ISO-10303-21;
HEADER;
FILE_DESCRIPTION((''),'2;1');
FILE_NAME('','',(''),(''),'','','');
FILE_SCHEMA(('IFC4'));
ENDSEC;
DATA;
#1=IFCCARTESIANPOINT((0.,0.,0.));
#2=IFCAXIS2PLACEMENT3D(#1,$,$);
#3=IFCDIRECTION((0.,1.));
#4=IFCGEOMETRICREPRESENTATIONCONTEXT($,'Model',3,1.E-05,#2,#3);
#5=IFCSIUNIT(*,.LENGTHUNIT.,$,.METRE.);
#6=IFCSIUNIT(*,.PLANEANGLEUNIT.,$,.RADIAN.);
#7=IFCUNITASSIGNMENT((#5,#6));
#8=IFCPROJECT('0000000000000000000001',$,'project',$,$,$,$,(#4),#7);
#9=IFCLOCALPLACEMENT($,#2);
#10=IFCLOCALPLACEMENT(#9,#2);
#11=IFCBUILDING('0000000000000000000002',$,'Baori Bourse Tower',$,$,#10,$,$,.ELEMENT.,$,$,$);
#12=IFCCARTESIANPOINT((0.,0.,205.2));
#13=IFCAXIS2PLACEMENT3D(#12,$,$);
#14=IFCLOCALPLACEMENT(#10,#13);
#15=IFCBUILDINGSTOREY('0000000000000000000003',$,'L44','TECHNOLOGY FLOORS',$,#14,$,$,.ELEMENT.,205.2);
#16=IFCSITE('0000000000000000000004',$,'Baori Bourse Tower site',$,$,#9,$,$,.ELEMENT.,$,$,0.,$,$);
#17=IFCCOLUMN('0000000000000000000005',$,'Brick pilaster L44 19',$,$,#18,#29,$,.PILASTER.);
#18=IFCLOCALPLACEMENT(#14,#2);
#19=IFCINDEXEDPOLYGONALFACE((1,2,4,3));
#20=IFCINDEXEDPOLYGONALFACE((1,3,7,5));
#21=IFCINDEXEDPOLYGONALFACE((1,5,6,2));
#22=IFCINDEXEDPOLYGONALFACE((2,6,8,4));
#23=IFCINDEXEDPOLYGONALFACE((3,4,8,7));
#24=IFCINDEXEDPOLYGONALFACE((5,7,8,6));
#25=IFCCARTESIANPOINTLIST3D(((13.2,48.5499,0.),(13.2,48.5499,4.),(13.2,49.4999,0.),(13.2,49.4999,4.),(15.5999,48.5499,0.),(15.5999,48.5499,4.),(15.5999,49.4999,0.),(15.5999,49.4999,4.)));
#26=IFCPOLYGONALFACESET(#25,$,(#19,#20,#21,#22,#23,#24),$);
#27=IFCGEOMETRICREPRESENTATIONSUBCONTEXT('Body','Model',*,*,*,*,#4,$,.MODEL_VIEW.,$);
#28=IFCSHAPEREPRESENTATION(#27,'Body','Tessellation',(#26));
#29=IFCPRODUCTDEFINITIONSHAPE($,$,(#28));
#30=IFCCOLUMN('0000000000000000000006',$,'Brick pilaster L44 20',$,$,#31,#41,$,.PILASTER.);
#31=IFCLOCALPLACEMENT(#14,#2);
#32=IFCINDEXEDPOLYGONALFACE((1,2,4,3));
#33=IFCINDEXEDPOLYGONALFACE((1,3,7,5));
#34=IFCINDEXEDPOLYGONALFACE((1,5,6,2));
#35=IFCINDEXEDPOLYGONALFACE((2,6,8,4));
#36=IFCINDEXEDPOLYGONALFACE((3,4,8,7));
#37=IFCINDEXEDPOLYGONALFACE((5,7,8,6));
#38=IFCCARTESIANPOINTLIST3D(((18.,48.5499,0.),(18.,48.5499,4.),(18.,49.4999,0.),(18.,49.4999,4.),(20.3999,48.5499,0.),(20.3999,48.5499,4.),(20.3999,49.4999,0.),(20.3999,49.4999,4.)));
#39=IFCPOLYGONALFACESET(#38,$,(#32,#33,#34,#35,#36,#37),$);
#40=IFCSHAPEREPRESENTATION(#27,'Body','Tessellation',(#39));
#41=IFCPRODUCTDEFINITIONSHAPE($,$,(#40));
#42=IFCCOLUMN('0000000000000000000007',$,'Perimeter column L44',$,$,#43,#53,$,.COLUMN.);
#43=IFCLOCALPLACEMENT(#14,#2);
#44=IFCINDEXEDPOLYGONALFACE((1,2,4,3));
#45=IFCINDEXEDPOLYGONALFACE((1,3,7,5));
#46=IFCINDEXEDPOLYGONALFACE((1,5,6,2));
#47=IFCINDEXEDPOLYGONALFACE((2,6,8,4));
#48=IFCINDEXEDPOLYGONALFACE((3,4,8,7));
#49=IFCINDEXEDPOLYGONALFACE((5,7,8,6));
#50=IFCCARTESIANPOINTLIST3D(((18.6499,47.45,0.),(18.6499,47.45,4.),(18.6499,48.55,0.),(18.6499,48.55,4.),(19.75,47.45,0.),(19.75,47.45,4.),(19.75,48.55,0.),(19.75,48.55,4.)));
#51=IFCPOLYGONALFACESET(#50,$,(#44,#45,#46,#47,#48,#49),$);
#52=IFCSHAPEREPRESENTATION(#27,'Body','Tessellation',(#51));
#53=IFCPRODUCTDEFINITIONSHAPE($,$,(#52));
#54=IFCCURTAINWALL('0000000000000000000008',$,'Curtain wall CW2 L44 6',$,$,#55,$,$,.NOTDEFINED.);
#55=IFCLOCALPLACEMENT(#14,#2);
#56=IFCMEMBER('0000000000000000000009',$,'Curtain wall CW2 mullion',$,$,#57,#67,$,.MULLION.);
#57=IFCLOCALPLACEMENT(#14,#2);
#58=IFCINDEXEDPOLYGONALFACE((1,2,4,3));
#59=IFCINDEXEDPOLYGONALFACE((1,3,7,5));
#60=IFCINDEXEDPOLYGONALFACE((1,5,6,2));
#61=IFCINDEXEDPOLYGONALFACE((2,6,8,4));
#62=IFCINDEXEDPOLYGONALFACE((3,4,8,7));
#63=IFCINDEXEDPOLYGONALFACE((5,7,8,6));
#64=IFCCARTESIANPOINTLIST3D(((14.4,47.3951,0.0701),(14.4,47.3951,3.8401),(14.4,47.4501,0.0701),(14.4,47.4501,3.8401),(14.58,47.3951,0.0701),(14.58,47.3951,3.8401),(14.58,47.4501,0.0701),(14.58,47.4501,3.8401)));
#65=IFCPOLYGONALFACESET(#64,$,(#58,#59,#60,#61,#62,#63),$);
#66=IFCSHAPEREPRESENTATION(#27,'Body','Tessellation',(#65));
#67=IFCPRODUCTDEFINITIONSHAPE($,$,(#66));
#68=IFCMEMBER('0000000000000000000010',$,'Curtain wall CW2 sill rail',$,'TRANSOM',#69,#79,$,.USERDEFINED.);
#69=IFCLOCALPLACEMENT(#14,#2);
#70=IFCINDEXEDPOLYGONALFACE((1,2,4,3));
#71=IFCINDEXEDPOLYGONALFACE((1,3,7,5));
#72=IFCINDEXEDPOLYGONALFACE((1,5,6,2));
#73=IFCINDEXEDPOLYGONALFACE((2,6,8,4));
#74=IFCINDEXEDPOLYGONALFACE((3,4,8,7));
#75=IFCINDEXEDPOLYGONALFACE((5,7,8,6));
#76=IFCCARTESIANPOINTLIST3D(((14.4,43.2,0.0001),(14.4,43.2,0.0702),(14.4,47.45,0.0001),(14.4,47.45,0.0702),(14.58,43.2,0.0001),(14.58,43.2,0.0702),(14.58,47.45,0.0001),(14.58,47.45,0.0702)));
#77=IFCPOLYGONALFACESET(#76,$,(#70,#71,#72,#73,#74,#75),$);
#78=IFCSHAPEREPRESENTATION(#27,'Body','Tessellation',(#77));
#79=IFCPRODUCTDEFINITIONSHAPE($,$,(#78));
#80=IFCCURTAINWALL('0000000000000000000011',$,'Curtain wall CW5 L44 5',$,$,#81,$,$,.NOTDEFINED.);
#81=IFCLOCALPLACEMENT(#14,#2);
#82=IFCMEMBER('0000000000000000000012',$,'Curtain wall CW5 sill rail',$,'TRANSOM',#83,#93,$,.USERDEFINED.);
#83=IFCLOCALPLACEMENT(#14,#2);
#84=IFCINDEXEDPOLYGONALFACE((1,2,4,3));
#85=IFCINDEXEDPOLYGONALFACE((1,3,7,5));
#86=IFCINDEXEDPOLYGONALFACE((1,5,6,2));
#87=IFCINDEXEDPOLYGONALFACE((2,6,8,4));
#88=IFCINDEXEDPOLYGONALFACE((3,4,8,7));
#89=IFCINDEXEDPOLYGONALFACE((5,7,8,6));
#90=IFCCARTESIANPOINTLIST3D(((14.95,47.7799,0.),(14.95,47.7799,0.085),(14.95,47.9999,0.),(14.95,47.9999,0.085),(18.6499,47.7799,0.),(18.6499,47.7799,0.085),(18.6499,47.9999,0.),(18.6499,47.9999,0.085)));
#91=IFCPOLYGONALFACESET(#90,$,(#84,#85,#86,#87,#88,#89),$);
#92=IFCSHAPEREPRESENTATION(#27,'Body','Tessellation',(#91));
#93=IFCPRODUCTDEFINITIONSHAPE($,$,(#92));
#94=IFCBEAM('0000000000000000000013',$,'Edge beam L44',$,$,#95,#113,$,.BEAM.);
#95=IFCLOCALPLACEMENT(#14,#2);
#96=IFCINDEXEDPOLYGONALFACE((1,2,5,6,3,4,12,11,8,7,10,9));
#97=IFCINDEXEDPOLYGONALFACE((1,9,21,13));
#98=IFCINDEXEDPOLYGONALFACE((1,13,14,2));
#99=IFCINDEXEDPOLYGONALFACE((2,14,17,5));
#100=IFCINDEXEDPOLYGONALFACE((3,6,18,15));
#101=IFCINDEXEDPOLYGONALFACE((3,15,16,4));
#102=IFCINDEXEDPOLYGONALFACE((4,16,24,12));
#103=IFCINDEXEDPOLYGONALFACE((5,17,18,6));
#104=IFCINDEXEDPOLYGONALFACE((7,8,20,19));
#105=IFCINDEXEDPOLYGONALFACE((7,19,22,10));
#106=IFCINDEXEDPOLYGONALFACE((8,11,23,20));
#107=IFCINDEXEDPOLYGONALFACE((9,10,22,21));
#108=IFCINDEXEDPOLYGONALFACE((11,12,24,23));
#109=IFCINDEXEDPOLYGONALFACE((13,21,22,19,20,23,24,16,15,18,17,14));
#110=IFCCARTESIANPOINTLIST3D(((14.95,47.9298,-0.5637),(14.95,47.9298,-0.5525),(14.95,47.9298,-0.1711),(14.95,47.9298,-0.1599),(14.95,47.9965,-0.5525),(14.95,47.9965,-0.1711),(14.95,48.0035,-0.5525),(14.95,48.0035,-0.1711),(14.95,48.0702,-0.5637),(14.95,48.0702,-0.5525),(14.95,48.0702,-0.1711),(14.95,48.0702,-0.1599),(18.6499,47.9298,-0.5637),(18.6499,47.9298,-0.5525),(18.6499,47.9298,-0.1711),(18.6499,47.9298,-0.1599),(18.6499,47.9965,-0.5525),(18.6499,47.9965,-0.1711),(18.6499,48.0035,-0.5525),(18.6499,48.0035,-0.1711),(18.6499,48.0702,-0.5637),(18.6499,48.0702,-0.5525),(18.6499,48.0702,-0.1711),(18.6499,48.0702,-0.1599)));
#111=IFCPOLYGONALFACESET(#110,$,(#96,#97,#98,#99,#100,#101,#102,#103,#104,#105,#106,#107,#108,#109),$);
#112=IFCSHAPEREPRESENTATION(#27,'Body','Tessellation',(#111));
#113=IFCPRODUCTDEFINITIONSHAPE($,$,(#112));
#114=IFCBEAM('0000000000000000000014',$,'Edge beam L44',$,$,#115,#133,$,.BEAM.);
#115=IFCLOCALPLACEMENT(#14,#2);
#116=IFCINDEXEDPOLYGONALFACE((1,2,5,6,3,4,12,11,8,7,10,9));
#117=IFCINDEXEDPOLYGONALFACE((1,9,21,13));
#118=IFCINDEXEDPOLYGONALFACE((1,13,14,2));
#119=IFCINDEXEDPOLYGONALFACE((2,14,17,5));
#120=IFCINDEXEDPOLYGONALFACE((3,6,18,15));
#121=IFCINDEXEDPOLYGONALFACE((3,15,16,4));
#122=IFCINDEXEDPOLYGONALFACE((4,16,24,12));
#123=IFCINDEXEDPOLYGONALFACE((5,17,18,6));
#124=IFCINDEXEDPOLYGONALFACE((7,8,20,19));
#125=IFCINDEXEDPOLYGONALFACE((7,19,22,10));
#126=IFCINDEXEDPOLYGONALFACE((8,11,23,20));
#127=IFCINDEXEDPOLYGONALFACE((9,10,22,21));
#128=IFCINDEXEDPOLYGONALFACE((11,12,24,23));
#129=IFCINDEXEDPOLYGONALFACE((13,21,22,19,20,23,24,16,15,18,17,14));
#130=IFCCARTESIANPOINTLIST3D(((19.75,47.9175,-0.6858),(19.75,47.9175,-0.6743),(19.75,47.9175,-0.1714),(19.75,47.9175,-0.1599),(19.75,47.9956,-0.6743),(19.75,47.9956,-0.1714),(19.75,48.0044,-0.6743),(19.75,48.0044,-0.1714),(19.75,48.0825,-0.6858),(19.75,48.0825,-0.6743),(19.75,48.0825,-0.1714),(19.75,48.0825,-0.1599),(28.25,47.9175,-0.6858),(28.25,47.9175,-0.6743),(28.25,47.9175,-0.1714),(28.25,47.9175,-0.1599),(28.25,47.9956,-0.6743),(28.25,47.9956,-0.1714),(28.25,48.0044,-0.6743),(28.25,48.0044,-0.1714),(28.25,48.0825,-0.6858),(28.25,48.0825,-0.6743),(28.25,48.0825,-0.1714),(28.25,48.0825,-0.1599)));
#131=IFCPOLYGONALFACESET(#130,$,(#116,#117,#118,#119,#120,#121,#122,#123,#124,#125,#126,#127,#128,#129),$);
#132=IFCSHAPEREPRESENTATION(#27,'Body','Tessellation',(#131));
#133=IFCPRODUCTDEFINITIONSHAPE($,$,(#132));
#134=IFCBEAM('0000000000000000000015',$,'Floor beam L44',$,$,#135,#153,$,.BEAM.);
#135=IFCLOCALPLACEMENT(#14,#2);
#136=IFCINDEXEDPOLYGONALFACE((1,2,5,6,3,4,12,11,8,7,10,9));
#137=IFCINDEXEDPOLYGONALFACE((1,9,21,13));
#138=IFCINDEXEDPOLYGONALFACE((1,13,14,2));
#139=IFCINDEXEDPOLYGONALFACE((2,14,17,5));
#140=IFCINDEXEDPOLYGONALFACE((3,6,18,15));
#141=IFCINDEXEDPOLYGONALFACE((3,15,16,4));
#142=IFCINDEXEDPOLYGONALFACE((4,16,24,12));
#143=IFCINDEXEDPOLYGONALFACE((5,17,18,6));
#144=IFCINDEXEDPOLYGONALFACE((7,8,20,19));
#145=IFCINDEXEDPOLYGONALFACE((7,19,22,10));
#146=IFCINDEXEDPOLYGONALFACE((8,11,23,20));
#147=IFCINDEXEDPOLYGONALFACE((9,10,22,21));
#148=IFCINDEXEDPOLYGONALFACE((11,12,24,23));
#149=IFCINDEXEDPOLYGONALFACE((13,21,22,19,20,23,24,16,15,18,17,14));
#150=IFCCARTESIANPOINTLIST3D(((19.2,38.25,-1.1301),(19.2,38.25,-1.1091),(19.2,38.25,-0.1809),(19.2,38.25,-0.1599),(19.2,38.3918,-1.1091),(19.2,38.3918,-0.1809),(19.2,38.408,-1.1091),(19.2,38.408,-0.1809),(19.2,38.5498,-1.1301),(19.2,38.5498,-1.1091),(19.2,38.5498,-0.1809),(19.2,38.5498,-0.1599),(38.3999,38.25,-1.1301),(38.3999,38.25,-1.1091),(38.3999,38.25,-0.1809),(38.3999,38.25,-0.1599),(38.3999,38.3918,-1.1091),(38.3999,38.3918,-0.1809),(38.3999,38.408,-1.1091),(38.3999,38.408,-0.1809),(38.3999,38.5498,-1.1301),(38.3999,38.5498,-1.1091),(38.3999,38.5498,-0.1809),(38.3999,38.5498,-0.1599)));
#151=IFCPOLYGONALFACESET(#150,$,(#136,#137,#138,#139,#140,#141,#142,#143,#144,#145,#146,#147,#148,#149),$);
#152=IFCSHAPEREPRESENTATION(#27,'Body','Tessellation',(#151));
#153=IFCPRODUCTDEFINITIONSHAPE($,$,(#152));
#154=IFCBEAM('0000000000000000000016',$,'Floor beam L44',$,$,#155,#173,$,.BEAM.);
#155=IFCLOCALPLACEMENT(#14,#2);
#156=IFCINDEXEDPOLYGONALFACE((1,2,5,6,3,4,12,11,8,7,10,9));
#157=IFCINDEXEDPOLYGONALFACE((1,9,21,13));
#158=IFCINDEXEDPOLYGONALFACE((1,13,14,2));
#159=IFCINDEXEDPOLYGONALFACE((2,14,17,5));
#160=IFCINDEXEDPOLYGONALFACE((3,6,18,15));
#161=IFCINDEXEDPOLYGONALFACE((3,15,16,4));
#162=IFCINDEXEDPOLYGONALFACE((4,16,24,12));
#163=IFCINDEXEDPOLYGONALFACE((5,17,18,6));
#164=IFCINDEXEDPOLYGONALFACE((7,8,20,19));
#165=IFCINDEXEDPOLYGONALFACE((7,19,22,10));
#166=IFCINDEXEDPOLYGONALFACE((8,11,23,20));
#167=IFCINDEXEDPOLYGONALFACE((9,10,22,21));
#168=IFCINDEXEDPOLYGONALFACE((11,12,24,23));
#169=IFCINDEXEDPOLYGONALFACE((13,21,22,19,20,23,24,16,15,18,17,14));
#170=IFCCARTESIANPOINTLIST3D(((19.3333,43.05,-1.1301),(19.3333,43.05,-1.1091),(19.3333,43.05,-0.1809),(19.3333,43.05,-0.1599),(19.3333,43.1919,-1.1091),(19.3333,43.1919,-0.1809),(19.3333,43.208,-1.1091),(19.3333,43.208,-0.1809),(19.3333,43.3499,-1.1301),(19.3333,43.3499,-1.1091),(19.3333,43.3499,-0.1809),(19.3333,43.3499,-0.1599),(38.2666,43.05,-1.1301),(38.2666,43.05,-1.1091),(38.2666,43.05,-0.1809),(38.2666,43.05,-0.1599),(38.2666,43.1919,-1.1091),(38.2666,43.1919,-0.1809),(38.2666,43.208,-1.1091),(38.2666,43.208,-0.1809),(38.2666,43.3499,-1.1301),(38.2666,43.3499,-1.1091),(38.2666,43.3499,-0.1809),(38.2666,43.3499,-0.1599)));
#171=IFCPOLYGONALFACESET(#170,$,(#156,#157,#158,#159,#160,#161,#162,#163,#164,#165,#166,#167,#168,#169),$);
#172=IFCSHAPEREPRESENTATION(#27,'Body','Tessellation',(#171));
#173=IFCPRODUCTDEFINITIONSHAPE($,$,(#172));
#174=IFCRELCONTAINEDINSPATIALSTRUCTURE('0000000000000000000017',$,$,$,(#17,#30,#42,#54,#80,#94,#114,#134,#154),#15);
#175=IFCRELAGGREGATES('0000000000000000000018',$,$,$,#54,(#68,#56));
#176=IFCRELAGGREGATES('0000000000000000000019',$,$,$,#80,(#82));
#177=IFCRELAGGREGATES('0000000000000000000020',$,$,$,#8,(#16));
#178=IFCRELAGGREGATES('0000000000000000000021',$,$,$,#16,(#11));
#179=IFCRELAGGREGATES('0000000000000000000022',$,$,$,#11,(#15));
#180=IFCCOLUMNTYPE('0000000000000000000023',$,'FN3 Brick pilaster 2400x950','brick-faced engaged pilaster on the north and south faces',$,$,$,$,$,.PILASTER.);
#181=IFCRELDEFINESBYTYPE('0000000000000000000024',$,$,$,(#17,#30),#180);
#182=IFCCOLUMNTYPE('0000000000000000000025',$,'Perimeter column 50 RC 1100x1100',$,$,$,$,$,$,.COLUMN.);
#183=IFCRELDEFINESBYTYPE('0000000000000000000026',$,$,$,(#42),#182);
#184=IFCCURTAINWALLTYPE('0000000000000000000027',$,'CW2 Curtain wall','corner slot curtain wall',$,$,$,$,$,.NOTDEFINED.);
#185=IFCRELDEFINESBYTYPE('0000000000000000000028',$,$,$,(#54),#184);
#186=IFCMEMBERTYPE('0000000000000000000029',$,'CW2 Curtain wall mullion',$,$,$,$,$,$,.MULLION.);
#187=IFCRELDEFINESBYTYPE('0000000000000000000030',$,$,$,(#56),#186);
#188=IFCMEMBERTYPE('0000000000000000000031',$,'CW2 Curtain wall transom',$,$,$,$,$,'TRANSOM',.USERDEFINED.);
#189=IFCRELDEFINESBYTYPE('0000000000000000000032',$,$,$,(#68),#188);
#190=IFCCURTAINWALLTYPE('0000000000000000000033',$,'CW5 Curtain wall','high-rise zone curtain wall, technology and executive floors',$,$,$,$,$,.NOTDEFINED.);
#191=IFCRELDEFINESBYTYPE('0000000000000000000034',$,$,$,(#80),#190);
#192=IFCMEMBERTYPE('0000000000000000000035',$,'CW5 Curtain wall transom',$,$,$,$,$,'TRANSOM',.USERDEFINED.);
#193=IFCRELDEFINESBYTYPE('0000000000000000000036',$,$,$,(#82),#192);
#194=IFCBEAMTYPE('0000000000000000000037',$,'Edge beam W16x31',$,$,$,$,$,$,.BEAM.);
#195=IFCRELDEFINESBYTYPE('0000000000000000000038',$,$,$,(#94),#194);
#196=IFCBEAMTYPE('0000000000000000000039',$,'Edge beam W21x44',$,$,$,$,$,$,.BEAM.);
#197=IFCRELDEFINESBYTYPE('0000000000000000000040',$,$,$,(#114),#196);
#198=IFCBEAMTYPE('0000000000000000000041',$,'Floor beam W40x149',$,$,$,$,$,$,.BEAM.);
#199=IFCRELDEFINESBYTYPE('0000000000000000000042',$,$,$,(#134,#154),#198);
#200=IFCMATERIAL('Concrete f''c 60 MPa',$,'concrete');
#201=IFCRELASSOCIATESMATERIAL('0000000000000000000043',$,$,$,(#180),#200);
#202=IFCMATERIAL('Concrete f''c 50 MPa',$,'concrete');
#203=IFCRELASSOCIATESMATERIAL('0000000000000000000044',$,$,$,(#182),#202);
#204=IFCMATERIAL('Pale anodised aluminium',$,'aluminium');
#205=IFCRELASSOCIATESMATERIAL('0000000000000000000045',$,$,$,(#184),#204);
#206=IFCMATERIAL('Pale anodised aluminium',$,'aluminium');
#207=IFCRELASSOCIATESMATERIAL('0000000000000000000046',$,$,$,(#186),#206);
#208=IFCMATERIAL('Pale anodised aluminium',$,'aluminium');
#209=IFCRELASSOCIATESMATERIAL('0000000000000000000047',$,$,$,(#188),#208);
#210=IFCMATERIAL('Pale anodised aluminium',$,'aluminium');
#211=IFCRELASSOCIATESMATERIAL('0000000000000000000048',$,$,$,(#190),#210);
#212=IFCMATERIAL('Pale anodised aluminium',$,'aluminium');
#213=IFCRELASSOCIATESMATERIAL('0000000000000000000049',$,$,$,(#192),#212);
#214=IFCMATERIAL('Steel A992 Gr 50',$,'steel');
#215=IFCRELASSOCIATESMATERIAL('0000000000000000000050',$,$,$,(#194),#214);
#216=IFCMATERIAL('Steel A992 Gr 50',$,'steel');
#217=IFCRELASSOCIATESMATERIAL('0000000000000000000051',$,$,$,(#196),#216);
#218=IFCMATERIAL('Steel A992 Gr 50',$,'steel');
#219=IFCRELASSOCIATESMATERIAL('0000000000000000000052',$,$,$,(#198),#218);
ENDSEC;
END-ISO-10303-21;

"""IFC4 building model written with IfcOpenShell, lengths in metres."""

from ifc_helpers import new_model, si_unit, direction, frame, origin, origin_2d, place, context, subcontext, project, spatial, rectangle, i_section, extrude, material, material_profile, profile_set, type_object, element, aggregate, save


model = new_model("IFC4")

# Units and contexts
model_context = context("Model", 3, precision=1e-05, world=origin(), true_north=direction((0.0, 1.0)))
body_context = subcontext(model_context, "Body", "Model", "MODEL_VIEW")
ifc_project = project(units=[si_unit("LENGTHUNIT", "METRE"), si_unit("PLANEANGLEUNIT", "RADIAN")], contexts=[model_context])

# Site, building, storey
site_placement = place(None, origin())
site = spatial("IfcSite", under=ifc_project, at=site_placement, Name="Baori Bourse Tower site", CompositionType="ELEMENT", RefElevation=0.0)
building_placement = place(site_placement, origin())
building = spatial("IfcBuilding", under=site, at=building_placement, Name="Baori Bourse Tower", CompositionType="ELEMENT")
storey_placement = place(building_placement, frame((0.0, 0.0, 205.2)))
storey = spatial("IfcBuildingStorey", under=building, at=storey_placement, Name="L44", Description="TECHNOLOGY FLOORS", CompositionType="ELEMENT", Elevation=205.2)

# Columns
ifc_material_1 = material(Name="Concrete f'c 60 MPa", Category="concrete")
ifc_material_profile_1 = material_profile(ifc_material_1, rectangle(XDim=2.3999, YDim=0.95, at=origin_2d()), Name="RC 2400x950")
ifc_profile_set_1 = profile_set([ifc_material_profile_1], Name="Concrete f'c 60 MPa")
column_type_1 = type_object("IfcColumnType", Name="FN3 Brick pilaster 2400x950", Description="brick-faced engaged pilaster on the north and south faces", PredefinedType="PILASTER", material=ifc_profile_set_1)
for number, where, z_axis, x_axis, name in (
    (1, (14.3999, 49.0249, 0.0), (0.0, 0.0, 1.0), (1.0, 0.0, 0.0), "Brick pilaster L44 19"),
    (2, (19.2, 49.0249, 0.0), (0.0, 0.0, 1.0), (1.0, 0.0, 0.0), "Brick pilaster L44 20"),
):
    element("IfcColumn", number, at=place(storey_placement, frame(where, z_axis=z_axis, x_axis=x_axis)), inside=storey, type_object=column_type_1, Name=name, PredefinedType="PILASTER", context=body_context, shape_type="SweptSolid", body=[
        extrude(rectangle(XDim=2.3999, YDim=0.95, at=origin_2d()), origin(), (0.0, 0.0, 1.0), 4.0),
    ])
ifc_material_2 = material(Name="Concrete f'c 50 MPa", Category="concrete")
ifc_material_profile_2 = material_profile(ifc_material_2, rectangle(XDim=1.1001, YDim=1.1001, at=origin_2d()), Name="RC 1100x1100")
ifc_profile_set_2 = profile_set([ifc_material_profile_2], Name="Concrete f'c 50 MPa")
column_type_2 = type_object("IfcColumnType", Name="Perimeter column 50 RC 1100x1100", PredefinedType="COLUMN", material=ifc_profile_set_2)
column_placement = place(storey_placement, frame((19.2, 48.0, 0.0), z_axis=(0.0, 0.0, 1.0), x_axis=(1.0, 0.0, 0.0)))
element("IfcColumn", 3, at=column_placement, inside=storey, type_object=column_type_2, Name="Perimeter column L44", PredefinedType="COLUMN", context=body_context, shape_type="SweptSolid", body=[
    extrude(rectangle(XDim=1.1001, YDim=1.1001, at=origin_2d()), origin(), (0.0, 0.0, 1.0), 4.0),
])

# Curtain wall, members
ifc_material_3 = material(Name="Pale anodised aluminium", Category="aluminium")
curtain_wall_type_1 = type_object("IfcCurtainWallType", Name="CW2 Curtain wall", Description="corner slot curtain wall", PredefinedType="NOTDEFINED", material=ifc_material_3)
curtain_wall_1_placement = place(storey_placement, origin())
curtain_wall_1 = element("IfcCurtainWall", 4, at=curtain_wall_1_placement, inside=storey, type_object=curtain_wall_type_1, Name="Curtain wall CW2 L44 6", PredefinedType="NOTDEFINED")
ifc_material_4 = material(Name="Pale anodised aluminium", Category="aluminium")
ifc_material_profile_3 = material_profile(ifc_material_4, rectangle(XDim=0.1799, YDim=0.0549, at=origin_2d()), Name="Mullion 55x180")
ifc_profile_set_3 = profile_set([ifc_material_profile_3], Name="Pale anodised aluminium")
member_type_1 = type_object("IfcMemberType", Name="CW2 Curtain wall mullion", PredefinedType="MULLION", material=ifc_profile_set_3)
member_1_placement = place(storey_placement, frame((14.49, 47.4226, 0.0701), z_axis=(0.0, 0.0, 1.0), x_axis=(1.0, 0.0, 0.0)))
member_1 = element("IfcMember", 5, at=member_1_placement, type_object=member_type_1, Name="Curtain wall CW2 mullion", PredefinedType="MULLION", context=body_context, shape_type="SweptSolid", body=[
    extrude(rectangle(XDim=0.1799, YDim=0.0549, at=origin_2d()), origin(), (0.0, 0.0, 1.0), 3.77),
])
ifc_material_5 = material(Name="Pale anodised aluminium", Category="aluminium")
ifc_material_profile_4 = material_profile(ifc_material_5, rectangle(XDim=0.1799, YDim=0.0701, at=origin_2d()), Name="Transom 70x180")
ifc_profile_set_4 = profile_set([ifc_material_profile_4], Name="Pale anodised aluminium")
member_type_2 = type_object("IfcMemberType", Name="CW2 Curtain wall transom", ElementType="TRANSOM", PredefinedType="USERDEFINED", material=ifc_profile_set_4)
member_2_placement = place(storey_placement, frame((14.49, 47.45, 0.0352), z_axis=(0.0, -1.0, 0.0), x_axis=(1.0, 0.0, 0.0)))
member_2 = element("IfcMember", 6, at=member_2_placement, type_object=member_type_2, Name="Curtain wall CW2 sill rail", ObjectType="TRANSOM", PredefinedType="USERDEFINED", context=body_context, shape_type="SweptSolid", body=[
    extrude(rectangle(XDim=0.1799, YDim=0.0701, at=origin_2d()), origin(), (0.0, 0.0, 1.0), 4.25),
])

# Curtain wall, member
ifc_material_6 = material(Name="Pale anodised aluminium", Category="aluminium")
curtain_wall_type_2 = type_object("IfcCurtainWallType", Name="CW5 Curtain wall", Description="high-rise zone curtain wall, technology and executive floors", PredefinedType="NOTDEFINED", material=ifc_material_6)
curtain_wall_2_placement = place(storey_placement, origin())
curtain_wall_2 = element("IfcCurtainWall", 7, at=curtain_wall_2_placement, inside=storey, type_object=curtain_wall_type_2, Name="Curtain wall CW5 L44 5", PredefinedType="NOTDEFINED")
ifc_material_7 = material(Name="Pale anodised aluminium", Category="aluminium")
ifc_material_profile_5 = material_profile(ifc_material_7, rectangle(XDim=0.22, YDim=0.085, at=origin_2d()), Name="Transom 85x220")
ifc_profile_set_5 = profile_set([ifc_material_profile_5], Name="Pale anodised aluminium")
member_type_3 = type_object("IfcMemberType", Name="CW5 Curtain wall transom", ElementType="TRANSOM", PredefinedType="USERDEFINED", material=ifc_profile_set_5)
member_3_placement = place(storey_placement, frame((18.6499, 47.8899, 0.0425), z_axis=(-1.0, 0.0, 0.0), x_axis=(0.0, -1.0, 0.0)))
member_3 = element("IfcMember", 8, at=member_3_placement, type_object=member_type_3, Name="Curtain wall CW5 sill rail", ObjectType="TRANSOM", PredefinedType="USERDEFINED", context=body_context, shape_type="SweptSolid", body=[
    extrude(rectangle(XDim=0.22, YDim=0.085, at=origin_2d()), origin(), (0.0, 0.0, 1.0), 3.7),
])

# Beams
ifc_material_8 = material(Name="Steel A992 Gr 50", Category="steel")
ifc_material_profile_6 = material_profile(ifc_material_8, i_section(OverallWidth=0.1404, OverallDepth=0.4038, WebThickness=0.0071, FlangeThickness=0.0112, at=origin_2d()), Name="W16x31")
ifc_profile_set_6 = profile_set([ifc_material_profile_6], Name="Steel A992 Gr 50")
beam_type_1 = type_object("IfcBeamType", Name="Edge beam W16x31", PredefinedType="BEAM", material=ifc_profile_set_6)
beam_1_placement = place(storey_placement, frame((14.95, 48.0, -0.3618), z_axis=(1.0, 0.0, 0.0), x_axis=(0.0, 1.0, 0.0)))
element("IfcBeam", 9, at=beam_1_placement, inside=storey, type_object=beam_type_1, Name="Edge beam L44", PredefinedType="BEAM", context=body_context, shape_type="SweptSolid", body=[
    extrude(i_section(OverallWidth=0.1404, OverallDepth=0.4038, WebThickness=0.0071, FlangeThickness=0.0112, at=origin_2d()), origin(), (0.0, 0.0, 1.0), 3.7),
])
ifc_material_9 = material(Name="Steel A992 Gr 50", Category="steel")
ifc_material_profile_7 = material_profile(ifc_material_9, i_section(OverallWidth=0.165, OverallDepth=0.5259, WebThickness=0.0088, FlangeThickness=0.0115, at=origin_2d()), Name="W21x44")
ifc_profile_set_7 = profile_set([ifc_material_profile_7], Name="Steel A992 Gr 50")
beam_type_2 = type_object("IfcBeamType", Name="Edge beam W21x44", PredefinedType="BEAM", material=ifc_profile_set_7)
beam_2_placement = place(storey_placement, frame((19.75, 48.0, -0.4229), z_axis=(1.0, 0.0, 0.0), x_axis=(0.0, 1.0, 0.0)))
element("IfcBeam", 10, at=beam_2_placement, inside=storey, type_object=beam_type_2, Name="Edge beam L44", PredefinedType="BEAM", context=body_context, shape_type="SweptSolid", body=[
    extrude(i_section(OverallWidth=0.165, OverallDepth=0.5259, WebThickness=0.0088, FlangeThickness=0.0115, at=origin_2d()), origin(), (0.0, 0.0, 1.0), 8.5),
])
ifc_material_10 = material(Name="Steel A992 Gr 50", Category="steel")
ifc_material_profile_8 = material_profile(ifc_material_10, i_section(OverallWidth=0.2998, OverallDepth=0.9702, WebThickness=0.0161, FlangeThickness=0.021, at=origin_2d()), Name="W40x149")
ifc_profile_set_8 = profile_set([ifc_material_profile_8], Name="Steel A992 Gr 50")
beam_type_3 = type_object("IfcBeamType", Name="Floor beam W40x149", PredefinedType="BEAM", material=ifc_profile_set_8)
beam_3_placement = place(storey_placement, frame((19.2, 38.3999, -0.645), z_axis=(1.0, 0.0, 0.0), x_axis=(0.0, 1.0, 0.0)))
element("IfcBeam", 11, at=beam_3_placement, inside=storey, type_object=beam_type_3, Name="Floor beam L44", PredefinedType="BEAM", context=body_context, shape_type="SweptSolid", body=[
    extrude(i_section(OverallWidth=0.2998, OverallDepth=0.9702, WebThickness=0.0161, FlangeThickness=0.021, at=origin_2d()), origin(), (0.0, 0.0, 1.0), 19.2),
])
beam_4_placement = place(storey_placement, frame((19.3333, 43.2, -0.645), z_axis=(1.0, 0.0, 0.0), x_axis=(0.0, 1.0, 0.0)))
element("IfcBeam", 12, at=beam_4_placement, inside=storey, type_object=beam_type_3, Name="Floor beam L44", PredefinedType="BEAM", context=body_context, shape_type="SweptSolid", body=[
    extrude(i_section(OverallWidth=0.2998, OverallDepth=0.9702, WebThickness=0.0161, FlangeThickness=0.021, at=origin_2d()), origin(), (0.0, 0.0, 1.0), 18.9333),
])

aggregate(curtain_wall_1, [member_2, member_1])
aggregate(curtain_wall_2, [member_3])

save(model, "model.ifc")
